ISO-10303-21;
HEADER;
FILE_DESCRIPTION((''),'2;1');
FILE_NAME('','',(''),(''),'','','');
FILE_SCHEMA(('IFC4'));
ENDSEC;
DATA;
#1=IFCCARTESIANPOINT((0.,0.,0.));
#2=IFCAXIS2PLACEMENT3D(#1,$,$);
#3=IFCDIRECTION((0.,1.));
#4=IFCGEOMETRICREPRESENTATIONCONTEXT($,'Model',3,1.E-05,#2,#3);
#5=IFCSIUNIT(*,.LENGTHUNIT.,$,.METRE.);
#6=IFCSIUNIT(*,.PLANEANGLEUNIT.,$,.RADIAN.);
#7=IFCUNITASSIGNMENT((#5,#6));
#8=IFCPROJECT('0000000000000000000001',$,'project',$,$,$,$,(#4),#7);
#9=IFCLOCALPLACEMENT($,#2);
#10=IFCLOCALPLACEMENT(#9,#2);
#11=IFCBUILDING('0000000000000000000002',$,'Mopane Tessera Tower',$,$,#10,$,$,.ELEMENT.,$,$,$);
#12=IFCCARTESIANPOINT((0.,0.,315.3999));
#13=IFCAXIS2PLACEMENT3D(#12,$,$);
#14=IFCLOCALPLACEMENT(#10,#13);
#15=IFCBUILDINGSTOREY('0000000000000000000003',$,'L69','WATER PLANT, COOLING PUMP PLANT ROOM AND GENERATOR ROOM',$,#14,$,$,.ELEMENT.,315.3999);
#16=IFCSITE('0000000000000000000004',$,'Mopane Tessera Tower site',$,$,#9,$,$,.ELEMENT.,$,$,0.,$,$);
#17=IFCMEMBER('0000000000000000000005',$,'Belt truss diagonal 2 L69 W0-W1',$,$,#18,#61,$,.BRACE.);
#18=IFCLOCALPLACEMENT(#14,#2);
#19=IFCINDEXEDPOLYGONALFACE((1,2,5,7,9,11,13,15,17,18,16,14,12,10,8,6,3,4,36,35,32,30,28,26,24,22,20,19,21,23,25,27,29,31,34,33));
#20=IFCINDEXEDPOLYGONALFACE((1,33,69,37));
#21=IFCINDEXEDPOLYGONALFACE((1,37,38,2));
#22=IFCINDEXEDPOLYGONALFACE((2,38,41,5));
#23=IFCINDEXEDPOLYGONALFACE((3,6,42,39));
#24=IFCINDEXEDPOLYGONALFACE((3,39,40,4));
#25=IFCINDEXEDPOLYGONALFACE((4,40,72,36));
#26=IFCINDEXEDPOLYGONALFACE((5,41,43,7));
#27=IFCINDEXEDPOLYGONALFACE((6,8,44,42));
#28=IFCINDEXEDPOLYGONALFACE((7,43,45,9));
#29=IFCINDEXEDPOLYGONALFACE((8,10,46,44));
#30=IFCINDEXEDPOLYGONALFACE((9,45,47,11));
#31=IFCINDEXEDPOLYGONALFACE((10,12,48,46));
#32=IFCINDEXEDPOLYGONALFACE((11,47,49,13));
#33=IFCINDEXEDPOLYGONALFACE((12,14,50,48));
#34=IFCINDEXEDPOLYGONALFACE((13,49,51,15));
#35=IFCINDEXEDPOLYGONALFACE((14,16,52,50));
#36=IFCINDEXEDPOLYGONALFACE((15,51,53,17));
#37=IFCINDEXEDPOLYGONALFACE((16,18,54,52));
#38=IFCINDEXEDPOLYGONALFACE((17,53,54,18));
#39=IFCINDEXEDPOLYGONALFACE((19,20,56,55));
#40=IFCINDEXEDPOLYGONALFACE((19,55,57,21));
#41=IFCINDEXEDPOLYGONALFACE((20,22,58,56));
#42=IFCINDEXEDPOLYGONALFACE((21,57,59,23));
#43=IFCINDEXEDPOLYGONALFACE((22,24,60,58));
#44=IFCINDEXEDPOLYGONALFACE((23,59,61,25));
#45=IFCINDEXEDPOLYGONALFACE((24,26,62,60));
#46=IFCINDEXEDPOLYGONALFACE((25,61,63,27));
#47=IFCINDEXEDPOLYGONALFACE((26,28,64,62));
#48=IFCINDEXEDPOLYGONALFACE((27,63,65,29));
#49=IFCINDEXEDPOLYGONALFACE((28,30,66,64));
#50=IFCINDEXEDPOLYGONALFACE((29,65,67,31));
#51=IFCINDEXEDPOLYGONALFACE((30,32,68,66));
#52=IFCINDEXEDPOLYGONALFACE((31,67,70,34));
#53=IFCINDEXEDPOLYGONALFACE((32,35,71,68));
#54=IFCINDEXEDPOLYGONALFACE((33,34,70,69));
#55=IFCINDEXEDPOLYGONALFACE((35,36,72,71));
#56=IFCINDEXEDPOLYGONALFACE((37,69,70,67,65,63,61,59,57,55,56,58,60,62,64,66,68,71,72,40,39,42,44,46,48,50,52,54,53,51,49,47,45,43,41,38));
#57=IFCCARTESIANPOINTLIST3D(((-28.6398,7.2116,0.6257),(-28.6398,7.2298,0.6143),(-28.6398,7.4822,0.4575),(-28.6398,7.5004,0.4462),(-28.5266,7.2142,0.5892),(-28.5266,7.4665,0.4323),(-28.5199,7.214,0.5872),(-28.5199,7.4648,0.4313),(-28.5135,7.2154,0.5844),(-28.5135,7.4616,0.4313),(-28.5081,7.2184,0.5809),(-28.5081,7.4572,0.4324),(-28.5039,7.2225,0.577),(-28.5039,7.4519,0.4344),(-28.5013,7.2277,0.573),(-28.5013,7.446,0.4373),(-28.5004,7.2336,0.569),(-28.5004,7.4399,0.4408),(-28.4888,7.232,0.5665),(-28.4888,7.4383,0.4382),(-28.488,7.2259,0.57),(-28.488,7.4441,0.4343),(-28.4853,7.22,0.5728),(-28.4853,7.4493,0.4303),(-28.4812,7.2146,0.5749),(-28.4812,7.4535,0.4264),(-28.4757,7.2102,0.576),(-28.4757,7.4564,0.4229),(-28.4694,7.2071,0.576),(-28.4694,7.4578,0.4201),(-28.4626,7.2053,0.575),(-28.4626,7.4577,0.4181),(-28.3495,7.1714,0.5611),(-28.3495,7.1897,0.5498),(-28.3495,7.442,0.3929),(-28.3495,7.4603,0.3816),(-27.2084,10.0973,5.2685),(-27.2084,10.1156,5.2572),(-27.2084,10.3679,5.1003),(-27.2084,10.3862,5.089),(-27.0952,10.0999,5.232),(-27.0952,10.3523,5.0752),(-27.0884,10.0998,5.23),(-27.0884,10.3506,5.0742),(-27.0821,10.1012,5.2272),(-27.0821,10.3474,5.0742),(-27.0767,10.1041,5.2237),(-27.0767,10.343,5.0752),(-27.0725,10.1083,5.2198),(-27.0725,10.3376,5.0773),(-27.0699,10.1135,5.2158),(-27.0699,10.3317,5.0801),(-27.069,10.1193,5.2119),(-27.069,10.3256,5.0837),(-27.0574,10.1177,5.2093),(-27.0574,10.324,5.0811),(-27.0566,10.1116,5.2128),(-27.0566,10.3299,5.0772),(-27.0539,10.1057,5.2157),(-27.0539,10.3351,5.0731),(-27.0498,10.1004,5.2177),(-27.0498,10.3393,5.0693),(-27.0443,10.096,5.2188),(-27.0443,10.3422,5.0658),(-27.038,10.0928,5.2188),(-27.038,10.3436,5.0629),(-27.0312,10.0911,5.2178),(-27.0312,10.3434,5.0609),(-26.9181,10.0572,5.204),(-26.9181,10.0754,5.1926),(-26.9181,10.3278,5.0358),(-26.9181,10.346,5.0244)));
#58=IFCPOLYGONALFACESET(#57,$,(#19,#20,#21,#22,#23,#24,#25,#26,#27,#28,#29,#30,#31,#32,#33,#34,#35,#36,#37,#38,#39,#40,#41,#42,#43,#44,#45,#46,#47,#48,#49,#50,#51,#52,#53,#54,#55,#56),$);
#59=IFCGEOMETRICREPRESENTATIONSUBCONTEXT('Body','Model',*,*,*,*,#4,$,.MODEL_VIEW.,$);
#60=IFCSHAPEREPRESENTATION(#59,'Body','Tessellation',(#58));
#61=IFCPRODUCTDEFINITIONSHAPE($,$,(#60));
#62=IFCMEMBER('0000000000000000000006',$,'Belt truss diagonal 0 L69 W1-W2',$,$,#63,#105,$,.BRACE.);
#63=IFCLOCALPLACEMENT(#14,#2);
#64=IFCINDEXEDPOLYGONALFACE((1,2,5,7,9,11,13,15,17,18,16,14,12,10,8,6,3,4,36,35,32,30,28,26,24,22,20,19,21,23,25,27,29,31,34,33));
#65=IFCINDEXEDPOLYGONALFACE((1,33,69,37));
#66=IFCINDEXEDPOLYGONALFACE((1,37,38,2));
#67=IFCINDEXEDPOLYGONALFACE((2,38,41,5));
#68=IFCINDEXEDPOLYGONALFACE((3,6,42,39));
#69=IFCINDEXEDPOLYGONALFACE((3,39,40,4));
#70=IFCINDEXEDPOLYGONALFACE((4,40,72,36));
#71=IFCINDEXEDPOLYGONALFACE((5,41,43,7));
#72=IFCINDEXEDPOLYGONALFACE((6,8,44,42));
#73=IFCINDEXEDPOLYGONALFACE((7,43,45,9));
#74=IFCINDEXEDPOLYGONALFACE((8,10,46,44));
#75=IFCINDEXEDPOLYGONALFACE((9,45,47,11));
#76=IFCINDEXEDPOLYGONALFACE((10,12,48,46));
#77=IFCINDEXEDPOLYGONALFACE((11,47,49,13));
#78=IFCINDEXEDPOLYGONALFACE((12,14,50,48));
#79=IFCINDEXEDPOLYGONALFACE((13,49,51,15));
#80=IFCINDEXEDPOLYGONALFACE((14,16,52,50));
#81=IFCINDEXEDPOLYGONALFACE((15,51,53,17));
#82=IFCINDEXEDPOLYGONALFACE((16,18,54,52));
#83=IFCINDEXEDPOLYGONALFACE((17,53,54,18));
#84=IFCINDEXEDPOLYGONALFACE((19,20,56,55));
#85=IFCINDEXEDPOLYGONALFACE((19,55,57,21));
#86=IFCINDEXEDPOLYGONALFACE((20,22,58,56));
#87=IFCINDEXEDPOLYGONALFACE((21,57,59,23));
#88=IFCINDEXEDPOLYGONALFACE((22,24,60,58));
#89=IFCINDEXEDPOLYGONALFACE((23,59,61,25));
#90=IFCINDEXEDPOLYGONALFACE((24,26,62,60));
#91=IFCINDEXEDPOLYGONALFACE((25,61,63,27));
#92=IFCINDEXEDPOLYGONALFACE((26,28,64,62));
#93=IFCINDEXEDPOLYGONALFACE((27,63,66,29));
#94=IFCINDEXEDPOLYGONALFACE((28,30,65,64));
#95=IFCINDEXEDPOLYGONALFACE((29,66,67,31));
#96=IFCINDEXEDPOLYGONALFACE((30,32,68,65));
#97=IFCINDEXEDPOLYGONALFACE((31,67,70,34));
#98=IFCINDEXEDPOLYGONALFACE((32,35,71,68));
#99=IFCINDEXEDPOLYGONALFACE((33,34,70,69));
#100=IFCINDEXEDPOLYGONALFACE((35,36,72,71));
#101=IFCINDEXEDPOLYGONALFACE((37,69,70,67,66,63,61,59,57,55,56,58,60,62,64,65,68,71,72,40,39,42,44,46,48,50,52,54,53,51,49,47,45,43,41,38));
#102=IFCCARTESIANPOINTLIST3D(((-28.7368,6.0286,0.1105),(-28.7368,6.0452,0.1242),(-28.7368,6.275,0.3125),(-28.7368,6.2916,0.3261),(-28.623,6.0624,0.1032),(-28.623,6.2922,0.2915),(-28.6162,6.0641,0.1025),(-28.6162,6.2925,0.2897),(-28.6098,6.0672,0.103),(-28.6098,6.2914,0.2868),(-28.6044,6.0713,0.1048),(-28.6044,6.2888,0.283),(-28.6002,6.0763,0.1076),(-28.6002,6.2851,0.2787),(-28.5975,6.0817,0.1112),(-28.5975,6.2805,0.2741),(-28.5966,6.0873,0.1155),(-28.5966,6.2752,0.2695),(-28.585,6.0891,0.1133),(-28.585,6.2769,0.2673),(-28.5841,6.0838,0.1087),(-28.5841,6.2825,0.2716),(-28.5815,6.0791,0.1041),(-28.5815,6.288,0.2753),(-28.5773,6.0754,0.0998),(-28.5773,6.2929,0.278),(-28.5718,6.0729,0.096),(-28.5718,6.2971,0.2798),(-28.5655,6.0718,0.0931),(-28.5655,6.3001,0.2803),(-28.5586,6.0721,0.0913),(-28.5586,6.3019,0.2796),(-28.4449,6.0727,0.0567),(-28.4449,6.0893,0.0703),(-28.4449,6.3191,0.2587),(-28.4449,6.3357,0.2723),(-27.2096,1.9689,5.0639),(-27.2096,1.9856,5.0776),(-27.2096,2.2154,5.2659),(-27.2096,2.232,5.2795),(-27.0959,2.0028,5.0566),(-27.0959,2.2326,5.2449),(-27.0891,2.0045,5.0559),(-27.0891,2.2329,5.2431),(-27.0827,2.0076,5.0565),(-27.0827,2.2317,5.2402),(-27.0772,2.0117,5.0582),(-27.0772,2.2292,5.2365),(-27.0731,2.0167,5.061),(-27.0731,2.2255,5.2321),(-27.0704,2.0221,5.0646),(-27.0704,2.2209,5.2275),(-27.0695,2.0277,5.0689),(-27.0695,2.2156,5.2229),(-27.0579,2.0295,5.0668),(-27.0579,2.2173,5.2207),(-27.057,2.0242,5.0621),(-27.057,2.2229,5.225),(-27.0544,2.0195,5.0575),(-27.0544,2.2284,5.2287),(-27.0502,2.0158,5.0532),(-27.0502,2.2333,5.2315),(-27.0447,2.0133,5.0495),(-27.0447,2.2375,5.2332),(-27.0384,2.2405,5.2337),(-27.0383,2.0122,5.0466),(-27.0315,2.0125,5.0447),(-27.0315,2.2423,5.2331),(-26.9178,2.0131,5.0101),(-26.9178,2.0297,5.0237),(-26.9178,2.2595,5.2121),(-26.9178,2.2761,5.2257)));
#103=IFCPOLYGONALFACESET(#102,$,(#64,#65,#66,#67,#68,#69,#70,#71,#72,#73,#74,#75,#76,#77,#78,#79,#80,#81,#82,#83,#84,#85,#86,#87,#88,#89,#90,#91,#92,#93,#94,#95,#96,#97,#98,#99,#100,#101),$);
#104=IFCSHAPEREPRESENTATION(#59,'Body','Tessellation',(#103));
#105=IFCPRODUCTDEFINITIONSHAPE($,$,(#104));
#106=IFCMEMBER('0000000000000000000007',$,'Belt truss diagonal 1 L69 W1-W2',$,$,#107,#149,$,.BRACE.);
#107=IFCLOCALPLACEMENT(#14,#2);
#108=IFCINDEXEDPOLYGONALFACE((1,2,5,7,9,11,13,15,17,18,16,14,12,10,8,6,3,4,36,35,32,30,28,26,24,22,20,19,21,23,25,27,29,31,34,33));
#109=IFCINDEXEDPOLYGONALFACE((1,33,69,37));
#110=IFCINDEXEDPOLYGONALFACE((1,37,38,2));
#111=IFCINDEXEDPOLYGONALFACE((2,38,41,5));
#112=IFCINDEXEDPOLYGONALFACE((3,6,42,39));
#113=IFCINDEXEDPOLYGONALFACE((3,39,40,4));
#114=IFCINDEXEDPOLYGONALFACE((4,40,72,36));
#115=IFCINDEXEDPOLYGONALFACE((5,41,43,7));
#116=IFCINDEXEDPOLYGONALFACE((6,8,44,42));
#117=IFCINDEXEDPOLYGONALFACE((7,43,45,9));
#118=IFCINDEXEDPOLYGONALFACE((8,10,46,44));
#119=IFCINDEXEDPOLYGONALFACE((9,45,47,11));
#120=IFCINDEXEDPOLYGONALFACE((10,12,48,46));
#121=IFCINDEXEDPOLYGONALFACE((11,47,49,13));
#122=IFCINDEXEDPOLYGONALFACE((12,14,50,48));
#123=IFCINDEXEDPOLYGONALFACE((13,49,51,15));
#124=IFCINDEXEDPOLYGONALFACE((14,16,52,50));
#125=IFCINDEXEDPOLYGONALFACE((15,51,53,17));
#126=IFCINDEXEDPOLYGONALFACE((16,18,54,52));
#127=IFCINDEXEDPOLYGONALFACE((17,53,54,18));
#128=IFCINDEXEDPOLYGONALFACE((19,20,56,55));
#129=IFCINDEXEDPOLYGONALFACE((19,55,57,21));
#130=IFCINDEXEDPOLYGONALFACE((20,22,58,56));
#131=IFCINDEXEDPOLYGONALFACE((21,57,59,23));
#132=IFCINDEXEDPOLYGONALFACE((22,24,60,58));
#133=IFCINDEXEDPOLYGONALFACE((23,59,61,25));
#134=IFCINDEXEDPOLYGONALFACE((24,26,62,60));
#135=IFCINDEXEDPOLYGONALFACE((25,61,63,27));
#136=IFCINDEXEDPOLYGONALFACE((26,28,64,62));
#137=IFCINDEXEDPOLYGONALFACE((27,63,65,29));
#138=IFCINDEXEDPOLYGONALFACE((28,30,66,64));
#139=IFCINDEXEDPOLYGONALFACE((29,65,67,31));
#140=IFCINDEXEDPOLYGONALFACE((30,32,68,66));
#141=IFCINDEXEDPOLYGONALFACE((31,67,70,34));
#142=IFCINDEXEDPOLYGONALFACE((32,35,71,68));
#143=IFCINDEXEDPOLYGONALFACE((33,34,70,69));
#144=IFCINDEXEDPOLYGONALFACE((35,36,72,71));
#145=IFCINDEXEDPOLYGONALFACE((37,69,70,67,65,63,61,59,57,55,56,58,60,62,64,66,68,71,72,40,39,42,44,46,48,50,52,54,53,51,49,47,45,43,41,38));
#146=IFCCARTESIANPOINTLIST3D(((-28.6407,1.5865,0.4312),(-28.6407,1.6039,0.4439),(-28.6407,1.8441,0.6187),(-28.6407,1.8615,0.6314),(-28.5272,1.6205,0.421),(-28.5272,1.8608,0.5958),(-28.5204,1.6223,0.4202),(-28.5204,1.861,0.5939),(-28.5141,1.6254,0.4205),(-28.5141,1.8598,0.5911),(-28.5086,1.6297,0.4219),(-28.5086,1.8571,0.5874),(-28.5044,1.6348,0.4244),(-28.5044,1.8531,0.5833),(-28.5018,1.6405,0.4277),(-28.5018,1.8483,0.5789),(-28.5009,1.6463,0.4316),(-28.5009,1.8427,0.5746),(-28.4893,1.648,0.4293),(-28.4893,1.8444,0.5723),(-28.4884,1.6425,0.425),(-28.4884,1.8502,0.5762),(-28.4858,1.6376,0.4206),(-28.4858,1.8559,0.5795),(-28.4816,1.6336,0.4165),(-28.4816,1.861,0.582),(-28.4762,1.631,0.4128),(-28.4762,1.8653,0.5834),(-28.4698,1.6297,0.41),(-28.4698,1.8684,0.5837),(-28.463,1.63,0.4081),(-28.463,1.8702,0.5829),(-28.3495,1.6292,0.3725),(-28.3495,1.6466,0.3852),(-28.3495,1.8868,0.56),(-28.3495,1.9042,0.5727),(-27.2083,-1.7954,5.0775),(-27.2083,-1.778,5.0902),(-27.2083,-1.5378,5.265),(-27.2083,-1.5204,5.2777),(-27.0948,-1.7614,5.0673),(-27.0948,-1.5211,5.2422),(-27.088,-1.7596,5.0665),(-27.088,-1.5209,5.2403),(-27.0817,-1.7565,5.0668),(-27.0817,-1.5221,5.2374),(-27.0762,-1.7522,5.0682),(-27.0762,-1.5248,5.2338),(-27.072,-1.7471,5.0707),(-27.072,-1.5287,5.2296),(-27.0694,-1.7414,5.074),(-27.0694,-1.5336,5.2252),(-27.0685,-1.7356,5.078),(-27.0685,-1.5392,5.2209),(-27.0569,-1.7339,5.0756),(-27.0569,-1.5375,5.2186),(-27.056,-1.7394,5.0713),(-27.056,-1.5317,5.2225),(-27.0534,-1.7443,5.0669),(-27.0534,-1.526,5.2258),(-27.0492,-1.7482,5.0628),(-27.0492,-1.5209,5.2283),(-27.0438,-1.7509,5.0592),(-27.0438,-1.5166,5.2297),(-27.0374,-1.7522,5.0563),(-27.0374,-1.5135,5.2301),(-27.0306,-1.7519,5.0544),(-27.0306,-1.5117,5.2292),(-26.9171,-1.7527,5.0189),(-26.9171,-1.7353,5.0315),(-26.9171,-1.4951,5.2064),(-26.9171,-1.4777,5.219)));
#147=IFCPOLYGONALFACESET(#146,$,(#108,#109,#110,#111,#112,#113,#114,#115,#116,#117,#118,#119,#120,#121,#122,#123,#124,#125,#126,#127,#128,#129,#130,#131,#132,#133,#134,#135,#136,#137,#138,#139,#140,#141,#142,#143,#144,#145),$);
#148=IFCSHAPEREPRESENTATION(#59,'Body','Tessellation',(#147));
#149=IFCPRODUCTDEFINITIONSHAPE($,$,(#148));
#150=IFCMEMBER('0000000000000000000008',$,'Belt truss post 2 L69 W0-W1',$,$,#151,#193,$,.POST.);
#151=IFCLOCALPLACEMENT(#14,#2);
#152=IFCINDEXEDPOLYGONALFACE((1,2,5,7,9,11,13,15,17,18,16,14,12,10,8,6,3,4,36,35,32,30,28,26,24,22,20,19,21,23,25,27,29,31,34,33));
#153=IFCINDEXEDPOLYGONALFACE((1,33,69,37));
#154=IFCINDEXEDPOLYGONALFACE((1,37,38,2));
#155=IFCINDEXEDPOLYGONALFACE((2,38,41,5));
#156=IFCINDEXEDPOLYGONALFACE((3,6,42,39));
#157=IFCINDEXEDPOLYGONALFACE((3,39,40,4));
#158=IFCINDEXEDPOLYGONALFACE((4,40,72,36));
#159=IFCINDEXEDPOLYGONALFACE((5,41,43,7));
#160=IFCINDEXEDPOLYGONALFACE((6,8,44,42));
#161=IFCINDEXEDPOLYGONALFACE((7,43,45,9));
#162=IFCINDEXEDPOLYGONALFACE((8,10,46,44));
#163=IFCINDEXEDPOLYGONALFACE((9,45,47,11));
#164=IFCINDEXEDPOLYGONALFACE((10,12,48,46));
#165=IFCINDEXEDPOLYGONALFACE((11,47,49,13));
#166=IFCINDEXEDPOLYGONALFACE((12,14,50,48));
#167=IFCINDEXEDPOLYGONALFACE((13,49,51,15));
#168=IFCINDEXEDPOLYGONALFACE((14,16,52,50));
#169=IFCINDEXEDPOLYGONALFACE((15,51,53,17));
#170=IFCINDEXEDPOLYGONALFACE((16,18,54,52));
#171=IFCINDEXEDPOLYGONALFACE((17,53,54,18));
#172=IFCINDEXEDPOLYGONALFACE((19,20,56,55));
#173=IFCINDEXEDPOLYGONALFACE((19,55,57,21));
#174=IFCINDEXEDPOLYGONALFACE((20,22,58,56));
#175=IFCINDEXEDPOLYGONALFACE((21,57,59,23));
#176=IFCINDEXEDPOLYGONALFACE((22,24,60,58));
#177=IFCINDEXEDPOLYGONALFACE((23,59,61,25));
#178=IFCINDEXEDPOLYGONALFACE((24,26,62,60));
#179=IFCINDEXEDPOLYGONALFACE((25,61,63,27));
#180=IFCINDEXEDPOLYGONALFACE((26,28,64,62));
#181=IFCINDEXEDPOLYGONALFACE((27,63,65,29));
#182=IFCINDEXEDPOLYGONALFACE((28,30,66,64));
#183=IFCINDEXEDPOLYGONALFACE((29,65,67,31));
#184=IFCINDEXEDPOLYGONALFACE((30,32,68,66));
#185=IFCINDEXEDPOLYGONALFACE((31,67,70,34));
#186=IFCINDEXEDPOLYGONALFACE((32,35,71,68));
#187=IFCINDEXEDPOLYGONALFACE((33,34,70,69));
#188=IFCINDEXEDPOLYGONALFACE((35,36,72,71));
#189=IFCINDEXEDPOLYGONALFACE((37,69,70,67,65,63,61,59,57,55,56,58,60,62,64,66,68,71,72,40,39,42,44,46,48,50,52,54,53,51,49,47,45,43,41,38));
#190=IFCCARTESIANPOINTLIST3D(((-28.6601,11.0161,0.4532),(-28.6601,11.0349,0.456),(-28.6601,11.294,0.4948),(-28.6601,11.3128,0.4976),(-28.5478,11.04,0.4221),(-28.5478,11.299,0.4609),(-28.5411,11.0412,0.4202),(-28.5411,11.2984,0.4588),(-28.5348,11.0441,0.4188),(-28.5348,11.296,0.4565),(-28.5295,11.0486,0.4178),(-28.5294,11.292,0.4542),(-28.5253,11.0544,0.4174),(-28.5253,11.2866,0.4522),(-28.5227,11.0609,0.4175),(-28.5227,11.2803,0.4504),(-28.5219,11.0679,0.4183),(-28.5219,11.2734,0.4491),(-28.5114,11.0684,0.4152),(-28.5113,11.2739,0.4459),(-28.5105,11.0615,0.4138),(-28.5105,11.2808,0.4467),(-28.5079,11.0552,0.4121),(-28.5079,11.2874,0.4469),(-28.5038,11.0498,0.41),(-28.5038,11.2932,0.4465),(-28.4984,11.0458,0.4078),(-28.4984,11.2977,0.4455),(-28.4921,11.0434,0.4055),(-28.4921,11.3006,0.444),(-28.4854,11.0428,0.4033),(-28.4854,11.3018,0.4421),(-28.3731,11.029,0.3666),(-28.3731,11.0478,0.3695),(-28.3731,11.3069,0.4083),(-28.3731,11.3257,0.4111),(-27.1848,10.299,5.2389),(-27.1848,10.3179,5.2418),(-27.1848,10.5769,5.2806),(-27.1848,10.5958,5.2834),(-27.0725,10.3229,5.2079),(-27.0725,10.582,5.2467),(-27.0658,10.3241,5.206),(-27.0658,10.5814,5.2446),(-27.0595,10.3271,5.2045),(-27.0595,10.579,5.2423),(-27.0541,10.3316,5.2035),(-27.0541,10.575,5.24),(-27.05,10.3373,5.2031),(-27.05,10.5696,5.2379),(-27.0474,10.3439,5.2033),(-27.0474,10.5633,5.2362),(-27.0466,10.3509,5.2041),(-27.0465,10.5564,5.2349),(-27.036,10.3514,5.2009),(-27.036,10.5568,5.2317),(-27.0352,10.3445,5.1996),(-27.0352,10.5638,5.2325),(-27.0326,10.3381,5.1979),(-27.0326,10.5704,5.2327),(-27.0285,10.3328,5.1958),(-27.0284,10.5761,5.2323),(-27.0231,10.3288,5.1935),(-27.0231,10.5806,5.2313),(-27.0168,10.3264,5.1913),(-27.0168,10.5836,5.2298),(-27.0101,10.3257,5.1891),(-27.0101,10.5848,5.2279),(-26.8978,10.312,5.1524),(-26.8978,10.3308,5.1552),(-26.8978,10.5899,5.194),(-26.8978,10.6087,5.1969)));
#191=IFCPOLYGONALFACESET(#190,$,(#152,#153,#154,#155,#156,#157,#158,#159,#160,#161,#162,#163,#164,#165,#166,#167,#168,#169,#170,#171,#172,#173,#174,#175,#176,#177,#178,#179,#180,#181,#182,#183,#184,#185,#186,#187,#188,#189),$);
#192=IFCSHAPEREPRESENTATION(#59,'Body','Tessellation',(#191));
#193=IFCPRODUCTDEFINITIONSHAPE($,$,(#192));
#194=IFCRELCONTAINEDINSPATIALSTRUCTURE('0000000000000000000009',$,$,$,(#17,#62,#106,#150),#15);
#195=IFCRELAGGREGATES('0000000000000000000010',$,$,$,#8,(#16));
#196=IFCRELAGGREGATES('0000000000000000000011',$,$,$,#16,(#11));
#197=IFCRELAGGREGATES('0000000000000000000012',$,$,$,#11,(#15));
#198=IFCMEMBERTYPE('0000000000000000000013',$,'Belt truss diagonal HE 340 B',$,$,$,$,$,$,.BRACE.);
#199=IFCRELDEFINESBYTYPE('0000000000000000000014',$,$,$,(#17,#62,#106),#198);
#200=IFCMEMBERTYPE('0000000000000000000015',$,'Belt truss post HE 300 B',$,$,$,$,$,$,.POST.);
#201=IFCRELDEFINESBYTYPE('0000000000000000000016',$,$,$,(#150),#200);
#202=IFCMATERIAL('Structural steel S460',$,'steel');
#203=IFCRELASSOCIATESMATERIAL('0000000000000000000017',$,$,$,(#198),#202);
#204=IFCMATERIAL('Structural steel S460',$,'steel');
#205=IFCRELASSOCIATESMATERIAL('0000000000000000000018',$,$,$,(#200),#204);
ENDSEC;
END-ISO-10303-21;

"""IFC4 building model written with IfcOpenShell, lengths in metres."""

from ifc_helpers import new_model, si_unit, direction, frame, origin, origin_2d, place, context, subcontext, project, spatial, i_section, extrude, material, material_profile, profile_set, type_object, element, save


model = new_model("IFC4")

# Units and contexts
model_context = context("Model", 3, precision=1e-05, world=origin(), true_north=direction((0.0, 1.0)))
body_context = subcontext(model_context, "Body", "Model", "MODEL_VIEW")
ifc_project = project(units=[si_unit("LENGTHUNIT", "METRE"), si_unit("PLANEANGLEUNIT", "RADIAN")], contexts=[model_context])

# Site, building, storey
site_placement = place(None, origin())
site = spatial("IfcSite", under=ifc_project, at=site_placement, Name="Mopane Tessera Tower site", CompositionType="ELEMENT", RefElevation=0.0)
building_placement = place(site_placement, origin())
building = spatial("IfcBuilding", under=site, at=building_placement, Name="Mopane Tessera Tower", CompositionType="ELEMENT")
storey_placement = place(building_placement, frame((0.0, 0.0, 315.3999)))
storey = spatial("IfcBuildingStorey", under=building, at=storey_placement, Name="L69", Description="WATER PLANT, COOLING PUMP PLANT ROOM AND GENERATOR ROOM", CompositionType="ELEMENT", Elevation=315.3999)

# Members
ifc_material_1 = material(Name="Structural steel S460", Category="steel")
ifc_material_profile_1 = material_profile(ifc_material_1, i_section(OverallWidth=0.3, OverallDepth=0.3401, WebThickness=0.012, FlangeThickness=0.0215, FilletRadius=0.0271, at=origin_2d()))
ifc_profile_set_1 = profile_set([ifc_material_profile_1], Name="Structural steel S460")
member_type_1 = type_object("IfcMemberType", Name="Belt truss diagonal HE 340 B", PredefinedType="BRACE", material=ifc_profile_set_1)
member_1_placement = place(storey_placement, frame((-27.0632, 10.2217, 5.1465), z_axis=(-0.253306, -0.510673, -0.821614), x_axis=(0.967386, -0.133718, -0.215136)))
element("IfcMember", 1, at=member_1_placement, inside=storey, type_object=member_type_1, Name="Belt truss diagonal 2 L69 W0-W1", PredefinedType="BRACE", context=body_context, shape_type="SweptSolid", body=[
    extrude(i_section(OverallWidth=0.3, OverallDepth=0.3401, WebThickness=0.012, FlangeThickness=0.0215, FilletRadius=0.0271, at=origin_2d()), origin(), (0.0, 0.0, 1.0), 5.6509),
])
member_2_placement = place(storey_placement, frame((-28.5908, 6.1821, 0.1914), z_axis=(0.231944, -0.616589, 0.752343), x_axis=(0.972729, 0.147027, -0.179391)))
element("IfcMember", 2, at=member_2_placement, inside=storey, type_object=member_type_1, Name="Belt truss diagonal 0 L69 W1-W2", PredefinedType="BRACE", context=body_context, shape_type="SweptSolid", body=[
    extrude(i_section(OverallWidth=0.3, OverallDepth=0.3401, WebThickness=0.012, FlangeThickness=0.0215, FilletRadius=0.0271, at=origin_2d()), origin(), (0.0, 0.0, 1.0), 6.584),
])
member_3_placement = place(storey_placement, frame((-28.4951, 1.7454, 0.502), z_axis=(0.241853, -0.571015, 0.784506), x_axis=(0.970313, 0.142322, -0.195543)))
element("IfcMember", 3, at=member_3_placement, inside=storey, type_object=member_type_1, Name="Belt truss diagonal 1 L69 W1-W2", PredefinedType="BRACE", context=body_context, shape_type="SweptSolid", body=[
    extrude(i_section(OverallWidth=0.3, OverallDepth=0.3401, WebThickness=0.012, FlangeThickness=0.0215, FilletRadius=0.0271, at=origin_2d()), origin(), (0.0, 0.0, 1.0), 5.9226),
])
ifc_material_2 = material(Name="Structural steel S460", Category="steel")
ifc_material_profile_2 = material_profile(ifc_material_2, i_section(OverallWidth=0.3, OverallDepth=0.3, WebThickness=0.011, FlangeThickness=0.019, FilletRadius=0.0271, at=origin_2d()))
ifc_profile_set_2 = profile_set([ifc_material_profile_2], Name="Structural steel S460")
member_type_2 = type_object("IfcMemberType", Name="Belt truss post HE 300 B", PredefinedType="POST", material=ifc_profile_set_2)
member_4_placement = place(storey_placement, frame((-28.5166, 11.1709, 0.4321), z_axis=(0.291616, -0.14173, 0.945977), x_axis=(0.956536, 0.043169, -0.288403)))
element("IfcMember", 4, at=member_4_placement, inside=storey, type_object=member_type_2, Name="Belt truss post 2 L69 W0-W1", PredefinedType="POST", context=body_context, shape_type="SweptSolid", body=[
    extrude(i_section(OverallWidth=0.3, OverallDepth=0.3, WebThickness=0.011, FlangeThickness=0.019, FilletRadius=0.0271, at=origin_2d()), origin(), (0.0, 0.0, 1.0), 5.0591),
])

save(model, "model.ifc")
